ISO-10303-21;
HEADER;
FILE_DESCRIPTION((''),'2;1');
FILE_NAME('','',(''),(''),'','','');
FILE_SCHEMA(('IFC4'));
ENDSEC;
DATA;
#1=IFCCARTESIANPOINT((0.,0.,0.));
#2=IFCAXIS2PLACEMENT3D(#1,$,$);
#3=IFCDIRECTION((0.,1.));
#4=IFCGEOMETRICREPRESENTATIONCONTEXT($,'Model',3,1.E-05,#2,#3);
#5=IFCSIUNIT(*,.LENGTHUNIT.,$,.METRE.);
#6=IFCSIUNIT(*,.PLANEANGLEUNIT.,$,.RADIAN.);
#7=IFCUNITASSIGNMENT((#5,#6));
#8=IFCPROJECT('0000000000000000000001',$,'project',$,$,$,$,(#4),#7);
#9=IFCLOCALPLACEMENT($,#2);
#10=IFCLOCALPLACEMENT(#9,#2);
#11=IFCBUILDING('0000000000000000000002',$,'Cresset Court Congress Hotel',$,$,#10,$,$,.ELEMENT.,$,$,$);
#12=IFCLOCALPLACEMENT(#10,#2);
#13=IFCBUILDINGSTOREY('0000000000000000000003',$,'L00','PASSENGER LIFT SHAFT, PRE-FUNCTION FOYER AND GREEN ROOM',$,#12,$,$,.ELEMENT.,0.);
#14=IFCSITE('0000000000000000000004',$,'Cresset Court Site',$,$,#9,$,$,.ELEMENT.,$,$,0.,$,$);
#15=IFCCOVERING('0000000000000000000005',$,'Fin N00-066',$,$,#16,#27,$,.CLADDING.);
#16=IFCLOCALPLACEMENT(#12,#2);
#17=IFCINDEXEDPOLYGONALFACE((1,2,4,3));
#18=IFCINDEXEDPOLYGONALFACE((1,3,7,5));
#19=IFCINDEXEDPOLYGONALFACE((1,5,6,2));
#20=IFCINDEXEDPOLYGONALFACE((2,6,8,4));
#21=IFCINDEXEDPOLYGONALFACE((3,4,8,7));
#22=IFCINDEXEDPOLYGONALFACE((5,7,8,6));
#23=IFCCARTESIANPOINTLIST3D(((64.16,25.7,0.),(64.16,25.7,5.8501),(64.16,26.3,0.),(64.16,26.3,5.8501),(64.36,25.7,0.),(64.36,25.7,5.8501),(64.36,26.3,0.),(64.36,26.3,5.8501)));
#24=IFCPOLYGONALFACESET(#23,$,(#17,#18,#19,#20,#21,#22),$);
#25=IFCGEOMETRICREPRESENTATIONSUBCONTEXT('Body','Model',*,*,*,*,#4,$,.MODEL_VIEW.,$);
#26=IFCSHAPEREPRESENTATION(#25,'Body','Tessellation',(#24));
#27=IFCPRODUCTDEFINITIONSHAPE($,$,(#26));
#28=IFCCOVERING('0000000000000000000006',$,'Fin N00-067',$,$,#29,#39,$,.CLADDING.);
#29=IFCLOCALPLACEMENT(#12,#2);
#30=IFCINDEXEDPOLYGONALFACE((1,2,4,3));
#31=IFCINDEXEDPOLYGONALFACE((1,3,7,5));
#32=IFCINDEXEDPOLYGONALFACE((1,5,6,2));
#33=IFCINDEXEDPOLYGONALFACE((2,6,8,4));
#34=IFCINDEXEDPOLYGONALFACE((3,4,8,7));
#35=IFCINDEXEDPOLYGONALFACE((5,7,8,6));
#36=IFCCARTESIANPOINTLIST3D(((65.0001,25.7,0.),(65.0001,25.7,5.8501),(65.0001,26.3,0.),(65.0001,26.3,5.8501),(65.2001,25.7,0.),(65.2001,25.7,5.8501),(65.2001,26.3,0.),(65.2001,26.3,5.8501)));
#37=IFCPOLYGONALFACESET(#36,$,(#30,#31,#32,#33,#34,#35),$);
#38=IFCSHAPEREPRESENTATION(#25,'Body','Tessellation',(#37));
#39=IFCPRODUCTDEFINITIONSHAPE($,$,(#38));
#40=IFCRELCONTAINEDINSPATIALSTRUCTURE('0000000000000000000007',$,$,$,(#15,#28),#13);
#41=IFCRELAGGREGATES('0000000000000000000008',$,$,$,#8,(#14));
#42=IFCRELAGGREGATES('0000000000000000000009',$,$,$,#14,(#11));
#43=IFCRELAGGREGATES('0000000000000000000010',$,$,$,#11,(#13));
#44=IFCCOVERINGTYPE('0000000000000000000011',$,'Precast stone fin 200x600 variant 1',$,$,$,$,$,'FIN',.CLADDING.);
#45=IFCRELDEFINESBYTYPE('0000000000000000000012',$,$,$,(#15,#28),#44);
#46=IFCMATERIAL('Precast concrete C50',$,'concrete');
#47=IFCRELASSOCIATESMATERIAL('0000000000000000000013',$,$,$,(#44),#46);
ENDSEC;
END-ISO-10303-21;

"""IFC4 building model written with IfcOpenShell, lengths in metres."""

from ifc_helpers import new_model, si_unit, direction, frame, origin, origin_2d, place, context, subcontext, project, spatial, rectangle, extrude, material, type_object, element, save


model = new_model("IFC4")

# Units and contexts
model_context = context("Model", 3, precision=1e-05, world=origin(), true_north=direction((0.0, 1.0)))
body_context = subcontext(model_context, "Body", "Model", "MODEL_VIEW")
ifc_project = project(units=[si_unit("LENGTHUNIT", "METRE"), si_unit("PLANEANGLEUNIT", "RADIAN")], contexts=[model_context])

# Site, building, storey
site_placement = place(None, origin())
site = spatial("IfcSite", under=ifc_project, at=site_placement, Name="Cresset Court Site", CompositionType="ELEMENT", RefElevation=0.0)
building_placement = place(site_placement, origin())
building = spatial("IfcBuilding", under=site, at=building_placement, Name="Cresset Court Congress Hotel", CompositionType="ELEMENT")
storey_placement = place(building_placement, origin())
storey = spatial("IfcBuildingStorey", under=building, at=storey_placement, Name="L00", Description="PASSENGER LIFT SHAFT, PRE-FUNCTION FOYER AND GREEN ROOM", CompositionType="ELEMENT", Elevation=0.0)

# Coverings
ifc_material_1 = material(Name="Precast concrete C50", Category="concrete")
covering_type = type_object("IfcCoveringType", Name="Precast stone fin 200x600 variant 1", ElementType="FIN", PredefinedType="CLADDING", material=ifc_material_1)
for number, where, z_axis, x_axis, name in (
    (1, (64.26, 26.0, 0.0), (0.0, 0.0, 1.0), (1.0, 0.0, 0.0), "Fin N00-066"),
    (2, (65.1001, 26.0, 0.0), (0.0, 0.0, 1.0), (1.0, 0.0, 0.0), "Fin N00-067"),
):
    element("IfcCovering", number, at=place(storey_placement, frame(where, z_axis=z_axis, x_axis=x_axis)), inside=storey, type_object=covering_type, Name=name, PredefinedType="CLADDING", context=body_context, shape_type="SweptSolid", body=[
        extrude(rectangle(XDim=0.2, YDim=0.6001, at=origin_2d()), origin(), (0.0, 0.0, 1.0), 5.8501),
    ])

save(model, "model.ifc")
